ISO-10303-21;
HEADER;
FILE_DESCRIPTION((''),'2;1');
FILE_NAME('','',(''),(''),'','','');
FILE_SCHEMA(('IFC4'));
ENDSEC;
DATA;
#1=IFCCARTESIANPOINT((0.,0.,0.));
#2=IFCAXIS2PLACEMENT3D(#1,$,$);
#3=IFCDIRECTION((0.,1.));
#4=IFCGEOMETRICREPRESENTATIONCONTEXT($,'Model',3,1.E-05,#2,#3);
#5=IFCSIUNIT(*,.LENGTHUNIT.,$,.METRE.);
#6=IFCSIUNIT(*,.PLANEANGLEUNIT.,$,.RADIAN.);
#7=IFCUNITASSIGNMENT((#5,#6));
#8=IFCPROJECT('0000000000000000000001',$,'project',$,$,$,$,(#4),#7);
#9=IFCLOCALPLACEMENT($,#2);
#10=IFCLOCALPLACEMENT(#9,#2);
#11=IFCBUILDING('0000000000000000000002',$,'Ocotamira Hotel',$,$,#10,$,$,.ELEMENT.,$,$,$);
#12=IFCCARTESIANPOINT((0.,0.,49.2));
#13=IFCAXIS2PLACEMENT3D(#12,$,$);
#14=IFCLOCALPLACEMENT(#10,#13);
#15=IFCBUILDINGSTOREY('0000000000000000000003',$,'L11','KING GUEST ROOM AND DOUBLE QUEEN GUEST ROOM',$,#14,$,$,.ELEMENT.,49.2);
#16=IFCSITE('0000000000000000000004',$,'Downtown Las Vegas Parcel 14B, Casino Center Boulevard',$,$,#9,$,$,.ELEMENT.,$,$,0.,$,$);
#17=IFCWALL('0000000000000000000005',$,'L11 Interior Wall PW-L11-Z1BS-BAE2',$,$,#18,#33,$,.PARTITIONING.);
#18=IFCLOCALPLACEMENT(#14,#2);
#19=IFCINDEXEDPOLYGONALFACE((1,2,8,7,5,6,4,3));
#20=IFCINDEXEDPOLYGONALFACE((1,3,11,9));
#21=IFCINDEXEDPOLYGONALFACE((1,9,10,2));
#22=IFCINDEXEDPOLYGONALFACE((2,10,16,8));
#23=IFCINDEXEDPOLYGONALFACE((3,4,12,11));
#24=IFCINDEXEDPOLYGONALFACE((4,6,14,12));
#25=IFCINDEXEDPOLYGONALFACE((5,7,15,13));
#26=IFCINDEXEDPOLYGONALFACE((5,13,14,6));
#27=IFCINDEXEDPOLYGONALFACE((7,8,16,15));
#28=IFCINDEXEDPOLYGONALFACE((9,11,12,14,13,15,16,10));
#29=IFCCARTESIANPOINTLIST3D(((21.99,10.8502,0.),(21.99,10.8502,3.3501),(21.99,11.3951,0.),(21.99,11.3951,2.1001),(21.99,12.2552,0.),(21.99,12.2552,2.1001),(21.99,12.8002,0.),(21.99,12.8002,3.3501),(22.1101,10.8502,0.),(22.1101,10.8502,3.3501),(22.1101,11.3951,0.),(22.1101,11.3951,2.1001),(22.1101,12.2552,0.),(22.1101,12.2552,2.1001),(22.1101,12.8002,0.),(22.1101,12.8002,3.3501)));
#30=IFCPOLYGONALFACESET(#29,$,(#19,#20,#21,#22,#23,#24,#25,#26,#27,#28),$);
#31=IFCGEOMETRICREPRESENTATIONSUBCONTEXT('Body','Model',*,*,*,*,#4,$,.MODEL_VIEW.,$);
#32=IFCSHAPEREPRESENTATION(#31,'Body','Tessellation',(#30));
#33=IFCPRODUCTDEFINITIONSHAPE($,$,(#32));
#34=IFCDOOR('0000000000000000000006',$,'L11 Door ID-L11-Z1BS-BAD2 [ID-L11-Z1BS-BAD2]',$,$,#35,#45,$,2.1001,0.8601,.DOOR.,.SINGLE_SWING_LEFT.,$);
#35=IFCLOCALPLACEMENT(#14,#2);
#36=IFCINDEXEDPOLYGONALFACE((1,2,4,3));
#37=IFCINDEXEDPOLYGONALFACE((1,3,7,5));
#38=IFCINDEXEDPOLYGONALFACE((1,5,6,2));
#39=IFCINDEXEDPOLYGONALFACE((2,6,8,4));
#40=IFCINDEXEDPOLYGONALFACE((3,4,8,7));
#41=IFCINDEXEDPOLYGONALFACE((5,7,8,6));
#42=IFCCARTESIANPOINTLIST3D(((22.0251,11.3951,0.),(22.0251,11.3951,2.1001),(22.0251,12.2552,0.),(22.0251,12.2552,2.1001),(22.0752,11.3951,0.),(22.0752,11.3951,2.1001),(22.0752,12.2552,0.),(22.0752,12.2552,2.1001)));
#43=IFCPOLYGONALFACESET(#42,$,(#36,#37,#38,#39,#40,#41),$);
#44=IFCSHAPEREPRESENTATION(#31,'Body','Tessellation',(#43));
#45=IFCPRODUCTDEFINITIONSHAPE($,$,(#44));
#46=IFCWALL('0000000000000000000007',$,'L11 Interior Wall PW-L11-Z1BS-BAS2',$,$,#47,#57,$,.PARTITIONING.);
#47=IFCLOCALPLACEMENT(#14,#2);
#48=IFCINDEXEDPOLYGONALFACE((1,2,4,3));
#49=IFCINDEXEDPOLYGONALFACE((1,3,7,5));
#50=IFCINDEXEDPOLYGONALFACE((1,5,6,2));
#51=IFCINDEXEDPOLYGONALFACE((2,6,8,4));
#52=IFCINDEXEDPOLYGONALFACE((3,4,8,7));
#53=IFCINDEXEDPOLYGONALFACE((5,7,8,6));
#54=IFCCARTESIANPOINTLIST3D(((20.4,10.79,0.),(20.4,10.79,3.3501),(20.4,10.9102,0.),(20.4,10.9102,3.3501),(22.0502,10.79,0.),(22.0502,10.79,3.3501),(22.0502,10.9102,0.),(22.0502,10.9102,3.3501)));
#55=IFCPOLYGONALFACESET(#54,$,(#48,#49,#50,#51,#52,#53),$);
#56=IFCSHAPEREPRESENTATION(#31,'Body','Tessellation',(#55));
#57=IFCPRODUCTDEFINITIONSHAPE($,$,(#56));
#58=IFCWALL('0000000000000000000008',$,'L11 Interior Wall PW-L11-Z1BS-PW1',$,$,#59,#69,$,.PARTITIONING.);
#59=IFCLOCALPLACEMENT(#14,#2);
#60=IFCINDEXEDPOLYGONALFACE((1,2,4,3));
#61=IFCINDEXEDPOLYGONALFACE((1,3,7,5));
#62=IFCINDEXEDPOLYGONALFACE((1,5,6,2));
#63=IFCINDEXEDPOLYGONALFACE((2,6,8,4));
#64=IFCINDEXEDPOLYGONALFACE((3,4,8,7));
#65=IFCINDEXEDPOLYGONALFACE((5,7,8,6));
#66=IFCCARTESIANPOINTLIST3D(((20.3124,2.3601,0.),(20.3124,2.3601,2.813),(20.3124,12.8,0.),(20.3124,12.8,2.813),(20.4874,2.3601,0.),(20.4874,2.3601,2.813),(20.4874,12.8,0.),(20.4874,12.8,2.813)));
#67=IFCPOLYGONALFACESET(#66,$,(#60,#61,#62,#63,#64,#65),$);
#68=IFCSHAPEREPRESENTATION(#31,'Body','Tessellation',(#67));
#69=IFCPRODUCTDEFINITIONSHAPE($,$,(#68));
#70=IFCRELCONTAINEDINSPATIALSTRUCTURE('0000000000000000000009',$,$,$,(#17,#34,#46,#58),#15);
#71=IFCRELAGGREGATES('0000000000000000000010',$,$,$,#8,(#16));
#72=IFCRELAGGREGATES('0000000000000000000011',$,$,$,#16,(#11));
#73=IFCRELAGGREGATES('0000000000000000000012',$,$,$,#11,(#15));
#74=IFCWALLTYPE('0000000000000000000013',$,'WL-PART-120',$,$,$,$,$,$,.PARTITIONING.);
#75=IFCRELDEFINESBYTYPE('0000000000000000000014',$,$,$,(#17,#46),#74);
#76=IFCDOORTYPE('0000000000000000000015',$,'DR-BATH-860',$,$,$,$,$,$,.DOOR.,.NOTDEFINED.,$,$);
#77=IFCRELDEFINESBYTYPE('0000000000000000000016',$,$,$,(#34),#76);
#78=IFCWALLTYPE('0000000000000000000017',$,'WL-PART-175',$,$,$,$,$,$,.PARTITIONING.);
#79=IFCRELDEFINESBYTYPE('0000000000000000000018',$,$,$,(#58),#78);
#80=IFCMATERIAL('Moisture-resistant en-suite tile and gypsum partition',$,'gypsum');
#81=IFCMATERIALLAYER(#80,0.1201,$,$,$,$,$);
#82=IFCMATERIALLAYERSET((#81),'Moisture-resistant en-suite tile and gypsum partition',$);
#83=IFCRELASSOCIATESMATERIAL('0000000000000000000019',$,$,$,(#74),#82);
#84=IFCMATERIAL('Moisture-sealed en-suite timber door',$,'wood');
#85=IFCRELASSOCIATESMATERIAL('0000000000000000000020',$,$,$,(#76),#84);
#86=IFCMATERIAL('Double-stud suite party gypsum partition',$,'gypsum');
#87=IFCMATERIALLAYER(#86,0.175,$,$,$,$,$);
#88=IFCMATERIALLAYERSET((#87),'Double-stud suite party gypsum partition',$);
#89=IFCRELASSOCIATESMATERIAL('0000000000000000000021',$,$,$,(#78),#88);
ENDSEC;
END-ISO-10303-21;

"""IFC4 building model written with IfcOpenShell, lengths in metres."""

from ifc_helpers import new_model, si_unit, direction, frame, frame_2d, origin, place, context, subcontext, project, spatial, rectangle, extrude, source, transform, mapped, material, layer, layer_set, type_object, element, fill, save


model = new_model("IFC4")

# Units and contexts
model_context = context("Model", 3, precision=1e-05, world=origin(), true_north=direction((0.0, 1.0)))
body_context = subcontext(model_context, "Body", "Model", "MODEL_VIEW")
ifc_project = project(units=[si_unit("LENGTHUNIT", "METRE"), si_unit("PLANEANGLEUNIT", "RADIAN")], contexts=[model_context])

# Site, building, storey
site_placement = place(None, origin())
site = spatial("IfcSite", under=ifc_project, at=site_placement, Name="Downtown Las Vegas Parcel 14B, Casino Center Boulevard", CompositionType="ELEMENT", RefElevation=0.0)
building_placement = place(site_placement, origin())
building = spatial("IfcBuilding", under=site, at=building_placement, Name="Ocotamira Hotel", CompositionType="ELEMENT")
storey_placement = place(building_placement, frame((0.0, 0.0, 49.2)))
storey = spatial("IfcBuildingStorey", under=building, at=storey_placement, Name="L11", Description="KING GUEST ROOM AND DOUBLE QUEEN GUEST ROOM", CompositionType="ELEMENT", Elevation=49.2)

# Wall, opening, door
ifc_material_1 = material(Name="Moisture-resistant en-suite tile and gypsum partition", Category="gypsum")
ifc_layer_1 = layer(ifc_material_1, 0.1201)
ifc_layer_set_1 = layer_set([ifc_layer_1], Name="Moisture-resistant en-suite tile and gypsum partition")
wall_type_1 = type_object("IfcWallType", Name="WL-PART-120", PredefinedType="PARTITIONING", material=ifc_layer_set_1)
wall_1_placement = place(storey_placement, frame((22.05, 10.8501, 0.0), z_axis=(0.0, 0.0, 1.0), x_axis=(0.0, 1.0, 0.0)))
wall_1 = element("IfcWall", 1, at=wall_1_placement, inside=storey, type_object=wall_type_1, Name="L11 Interior Wall PW-L11-Z1BS-BAE2", PredefinedType="PARTITIONING", context=body_context, shape_type="SweptSolid", body=[
    extrude(rectangle(XDim=1.95, YDim=0.1201, at=frame_2d((0.9751, 0.0))), origin(), (0.0, 0.0, 1.0), 3.3501),
])
opening_1_placement = place(wall_1_placement, frame((0.5449, 0.0, 0.0)))
opening_1 = element("IfcOpeningElement", 2, at=opening_1_placement, cuts=wall_1, PredefinedType="OPENING", context=body_context, shape_type="SweptSolid", body=[
    extrude(rectangle(XDim=0.8601, YDim=2.1001, at=frame_2d((0.4302, 1.05))), frame((0.0, 0.0701, 0.0), z_axis=(0.0, -1.0, 0.0), x_axis=(1.0, 0.0, 0.0)), (0.0, 0.0, 1.0), 0.1401),
])
ifc_material_2 = material(Name="Moisture-sealed en-suite timber door", Category="wood")
door_type_1 = type_object("IfcDoorType", Name="DR-BATH-860", OperationType="NOTDEFINED", PredefinedType="DOOR", material=ifc_material_2)
shared_shape_1 = source(origin(), body_context, "Body", "SweptSolid", [
    extrude(rectangle(XDim=0.8601, YDim=2.1001, at=frame_2d((0.4302, 1.05))), frame((0.0, 0.0249, 0.0), z_axis=(0.0, -1.0, 0.0), x_axis=(1.0, 0.0, 0.0)), (0.0, 0.0, 1.0), 0.05),
])
door_1_placement = place(opening_1_placement, origin())
door_1 = element("IfcDoor", 3, at=door_1_placement, inside=storey, type_object=door_type_1, Name="L11 Door ID-L11-Z1BS-BAD2 [ID-L11-Z1BS-BAD2]", OperationType="SINGLE_SWING_LEFT", OverallHeight=2.1001, OverallWidth=0.8601, PredefinedType="DOOR", context=body_context, shape_type="MappedRepresentation", body=[
    mapped(shared_shape_1, transform((0.0, 0.0, 0.0), scale=1.0)),
])
fill(opening_1, door_1)

# Walls
wall_2_placement = place(storey_placement, frame((20.3999, 10.8501, 0.0), z_axis=(0.0, 0.0, 1.0), x_axis=(1.0, 0.0, 0.0)))
element("IfcWall", 4, at=wall_2_placement, inside=storey, type_object=wall_type_1, Name="L11 Interior Wall PW-L11-Z1BS-BAS2", PredefinedType="PARTITIONING", context=body_context, shape_type="SweptSolid", body=[
    extrude(rectangle(XDim=1.6501, YDim=0.1201, at=frame_2d((0.8252, 0.0))), origin(), (0.0, 0.0, 1.0), 3.3501),
])
ifc_material_3 = material(Name="Double-stud suite party gypsum partition", Category="gypsum")
ifc_layer_2 = layer(ifc_material_3, 0.175)
ifc_layer_set_2 = layer_set([ifc_layer_2], Name="Double-stud suite party gypsum partition")
wall_type_2 = type_object("IfcWallType", Name="WL-PART-175", PredefinedType="PARTITIONING", material=ifc_layer_set_2)
wall_3_placement = place(storey_placement, frame((20.3999, 2.3601, 0.0), z_axis=(0.0, 0.0, 1.0), x_axis=(0.0, 1.0, 0.0)))
element("IfcWall", 5, at=wall_3_placement, inside=storey, type_object=wall_type_2, Name="L11 Interior Wall PW-L11-Z1BS-PW1", PredefinedType="PARTITIONING", context=body_context, shape_type="SweptSolid", body=[
    extrude(rectangle(XDim=10.4399, YDim=0.175, at=frame_2d((5.22, 0.0))), origin(), (0.0, 0.0, 1.0), 2.813),
])

save(model, "model.ifc")
